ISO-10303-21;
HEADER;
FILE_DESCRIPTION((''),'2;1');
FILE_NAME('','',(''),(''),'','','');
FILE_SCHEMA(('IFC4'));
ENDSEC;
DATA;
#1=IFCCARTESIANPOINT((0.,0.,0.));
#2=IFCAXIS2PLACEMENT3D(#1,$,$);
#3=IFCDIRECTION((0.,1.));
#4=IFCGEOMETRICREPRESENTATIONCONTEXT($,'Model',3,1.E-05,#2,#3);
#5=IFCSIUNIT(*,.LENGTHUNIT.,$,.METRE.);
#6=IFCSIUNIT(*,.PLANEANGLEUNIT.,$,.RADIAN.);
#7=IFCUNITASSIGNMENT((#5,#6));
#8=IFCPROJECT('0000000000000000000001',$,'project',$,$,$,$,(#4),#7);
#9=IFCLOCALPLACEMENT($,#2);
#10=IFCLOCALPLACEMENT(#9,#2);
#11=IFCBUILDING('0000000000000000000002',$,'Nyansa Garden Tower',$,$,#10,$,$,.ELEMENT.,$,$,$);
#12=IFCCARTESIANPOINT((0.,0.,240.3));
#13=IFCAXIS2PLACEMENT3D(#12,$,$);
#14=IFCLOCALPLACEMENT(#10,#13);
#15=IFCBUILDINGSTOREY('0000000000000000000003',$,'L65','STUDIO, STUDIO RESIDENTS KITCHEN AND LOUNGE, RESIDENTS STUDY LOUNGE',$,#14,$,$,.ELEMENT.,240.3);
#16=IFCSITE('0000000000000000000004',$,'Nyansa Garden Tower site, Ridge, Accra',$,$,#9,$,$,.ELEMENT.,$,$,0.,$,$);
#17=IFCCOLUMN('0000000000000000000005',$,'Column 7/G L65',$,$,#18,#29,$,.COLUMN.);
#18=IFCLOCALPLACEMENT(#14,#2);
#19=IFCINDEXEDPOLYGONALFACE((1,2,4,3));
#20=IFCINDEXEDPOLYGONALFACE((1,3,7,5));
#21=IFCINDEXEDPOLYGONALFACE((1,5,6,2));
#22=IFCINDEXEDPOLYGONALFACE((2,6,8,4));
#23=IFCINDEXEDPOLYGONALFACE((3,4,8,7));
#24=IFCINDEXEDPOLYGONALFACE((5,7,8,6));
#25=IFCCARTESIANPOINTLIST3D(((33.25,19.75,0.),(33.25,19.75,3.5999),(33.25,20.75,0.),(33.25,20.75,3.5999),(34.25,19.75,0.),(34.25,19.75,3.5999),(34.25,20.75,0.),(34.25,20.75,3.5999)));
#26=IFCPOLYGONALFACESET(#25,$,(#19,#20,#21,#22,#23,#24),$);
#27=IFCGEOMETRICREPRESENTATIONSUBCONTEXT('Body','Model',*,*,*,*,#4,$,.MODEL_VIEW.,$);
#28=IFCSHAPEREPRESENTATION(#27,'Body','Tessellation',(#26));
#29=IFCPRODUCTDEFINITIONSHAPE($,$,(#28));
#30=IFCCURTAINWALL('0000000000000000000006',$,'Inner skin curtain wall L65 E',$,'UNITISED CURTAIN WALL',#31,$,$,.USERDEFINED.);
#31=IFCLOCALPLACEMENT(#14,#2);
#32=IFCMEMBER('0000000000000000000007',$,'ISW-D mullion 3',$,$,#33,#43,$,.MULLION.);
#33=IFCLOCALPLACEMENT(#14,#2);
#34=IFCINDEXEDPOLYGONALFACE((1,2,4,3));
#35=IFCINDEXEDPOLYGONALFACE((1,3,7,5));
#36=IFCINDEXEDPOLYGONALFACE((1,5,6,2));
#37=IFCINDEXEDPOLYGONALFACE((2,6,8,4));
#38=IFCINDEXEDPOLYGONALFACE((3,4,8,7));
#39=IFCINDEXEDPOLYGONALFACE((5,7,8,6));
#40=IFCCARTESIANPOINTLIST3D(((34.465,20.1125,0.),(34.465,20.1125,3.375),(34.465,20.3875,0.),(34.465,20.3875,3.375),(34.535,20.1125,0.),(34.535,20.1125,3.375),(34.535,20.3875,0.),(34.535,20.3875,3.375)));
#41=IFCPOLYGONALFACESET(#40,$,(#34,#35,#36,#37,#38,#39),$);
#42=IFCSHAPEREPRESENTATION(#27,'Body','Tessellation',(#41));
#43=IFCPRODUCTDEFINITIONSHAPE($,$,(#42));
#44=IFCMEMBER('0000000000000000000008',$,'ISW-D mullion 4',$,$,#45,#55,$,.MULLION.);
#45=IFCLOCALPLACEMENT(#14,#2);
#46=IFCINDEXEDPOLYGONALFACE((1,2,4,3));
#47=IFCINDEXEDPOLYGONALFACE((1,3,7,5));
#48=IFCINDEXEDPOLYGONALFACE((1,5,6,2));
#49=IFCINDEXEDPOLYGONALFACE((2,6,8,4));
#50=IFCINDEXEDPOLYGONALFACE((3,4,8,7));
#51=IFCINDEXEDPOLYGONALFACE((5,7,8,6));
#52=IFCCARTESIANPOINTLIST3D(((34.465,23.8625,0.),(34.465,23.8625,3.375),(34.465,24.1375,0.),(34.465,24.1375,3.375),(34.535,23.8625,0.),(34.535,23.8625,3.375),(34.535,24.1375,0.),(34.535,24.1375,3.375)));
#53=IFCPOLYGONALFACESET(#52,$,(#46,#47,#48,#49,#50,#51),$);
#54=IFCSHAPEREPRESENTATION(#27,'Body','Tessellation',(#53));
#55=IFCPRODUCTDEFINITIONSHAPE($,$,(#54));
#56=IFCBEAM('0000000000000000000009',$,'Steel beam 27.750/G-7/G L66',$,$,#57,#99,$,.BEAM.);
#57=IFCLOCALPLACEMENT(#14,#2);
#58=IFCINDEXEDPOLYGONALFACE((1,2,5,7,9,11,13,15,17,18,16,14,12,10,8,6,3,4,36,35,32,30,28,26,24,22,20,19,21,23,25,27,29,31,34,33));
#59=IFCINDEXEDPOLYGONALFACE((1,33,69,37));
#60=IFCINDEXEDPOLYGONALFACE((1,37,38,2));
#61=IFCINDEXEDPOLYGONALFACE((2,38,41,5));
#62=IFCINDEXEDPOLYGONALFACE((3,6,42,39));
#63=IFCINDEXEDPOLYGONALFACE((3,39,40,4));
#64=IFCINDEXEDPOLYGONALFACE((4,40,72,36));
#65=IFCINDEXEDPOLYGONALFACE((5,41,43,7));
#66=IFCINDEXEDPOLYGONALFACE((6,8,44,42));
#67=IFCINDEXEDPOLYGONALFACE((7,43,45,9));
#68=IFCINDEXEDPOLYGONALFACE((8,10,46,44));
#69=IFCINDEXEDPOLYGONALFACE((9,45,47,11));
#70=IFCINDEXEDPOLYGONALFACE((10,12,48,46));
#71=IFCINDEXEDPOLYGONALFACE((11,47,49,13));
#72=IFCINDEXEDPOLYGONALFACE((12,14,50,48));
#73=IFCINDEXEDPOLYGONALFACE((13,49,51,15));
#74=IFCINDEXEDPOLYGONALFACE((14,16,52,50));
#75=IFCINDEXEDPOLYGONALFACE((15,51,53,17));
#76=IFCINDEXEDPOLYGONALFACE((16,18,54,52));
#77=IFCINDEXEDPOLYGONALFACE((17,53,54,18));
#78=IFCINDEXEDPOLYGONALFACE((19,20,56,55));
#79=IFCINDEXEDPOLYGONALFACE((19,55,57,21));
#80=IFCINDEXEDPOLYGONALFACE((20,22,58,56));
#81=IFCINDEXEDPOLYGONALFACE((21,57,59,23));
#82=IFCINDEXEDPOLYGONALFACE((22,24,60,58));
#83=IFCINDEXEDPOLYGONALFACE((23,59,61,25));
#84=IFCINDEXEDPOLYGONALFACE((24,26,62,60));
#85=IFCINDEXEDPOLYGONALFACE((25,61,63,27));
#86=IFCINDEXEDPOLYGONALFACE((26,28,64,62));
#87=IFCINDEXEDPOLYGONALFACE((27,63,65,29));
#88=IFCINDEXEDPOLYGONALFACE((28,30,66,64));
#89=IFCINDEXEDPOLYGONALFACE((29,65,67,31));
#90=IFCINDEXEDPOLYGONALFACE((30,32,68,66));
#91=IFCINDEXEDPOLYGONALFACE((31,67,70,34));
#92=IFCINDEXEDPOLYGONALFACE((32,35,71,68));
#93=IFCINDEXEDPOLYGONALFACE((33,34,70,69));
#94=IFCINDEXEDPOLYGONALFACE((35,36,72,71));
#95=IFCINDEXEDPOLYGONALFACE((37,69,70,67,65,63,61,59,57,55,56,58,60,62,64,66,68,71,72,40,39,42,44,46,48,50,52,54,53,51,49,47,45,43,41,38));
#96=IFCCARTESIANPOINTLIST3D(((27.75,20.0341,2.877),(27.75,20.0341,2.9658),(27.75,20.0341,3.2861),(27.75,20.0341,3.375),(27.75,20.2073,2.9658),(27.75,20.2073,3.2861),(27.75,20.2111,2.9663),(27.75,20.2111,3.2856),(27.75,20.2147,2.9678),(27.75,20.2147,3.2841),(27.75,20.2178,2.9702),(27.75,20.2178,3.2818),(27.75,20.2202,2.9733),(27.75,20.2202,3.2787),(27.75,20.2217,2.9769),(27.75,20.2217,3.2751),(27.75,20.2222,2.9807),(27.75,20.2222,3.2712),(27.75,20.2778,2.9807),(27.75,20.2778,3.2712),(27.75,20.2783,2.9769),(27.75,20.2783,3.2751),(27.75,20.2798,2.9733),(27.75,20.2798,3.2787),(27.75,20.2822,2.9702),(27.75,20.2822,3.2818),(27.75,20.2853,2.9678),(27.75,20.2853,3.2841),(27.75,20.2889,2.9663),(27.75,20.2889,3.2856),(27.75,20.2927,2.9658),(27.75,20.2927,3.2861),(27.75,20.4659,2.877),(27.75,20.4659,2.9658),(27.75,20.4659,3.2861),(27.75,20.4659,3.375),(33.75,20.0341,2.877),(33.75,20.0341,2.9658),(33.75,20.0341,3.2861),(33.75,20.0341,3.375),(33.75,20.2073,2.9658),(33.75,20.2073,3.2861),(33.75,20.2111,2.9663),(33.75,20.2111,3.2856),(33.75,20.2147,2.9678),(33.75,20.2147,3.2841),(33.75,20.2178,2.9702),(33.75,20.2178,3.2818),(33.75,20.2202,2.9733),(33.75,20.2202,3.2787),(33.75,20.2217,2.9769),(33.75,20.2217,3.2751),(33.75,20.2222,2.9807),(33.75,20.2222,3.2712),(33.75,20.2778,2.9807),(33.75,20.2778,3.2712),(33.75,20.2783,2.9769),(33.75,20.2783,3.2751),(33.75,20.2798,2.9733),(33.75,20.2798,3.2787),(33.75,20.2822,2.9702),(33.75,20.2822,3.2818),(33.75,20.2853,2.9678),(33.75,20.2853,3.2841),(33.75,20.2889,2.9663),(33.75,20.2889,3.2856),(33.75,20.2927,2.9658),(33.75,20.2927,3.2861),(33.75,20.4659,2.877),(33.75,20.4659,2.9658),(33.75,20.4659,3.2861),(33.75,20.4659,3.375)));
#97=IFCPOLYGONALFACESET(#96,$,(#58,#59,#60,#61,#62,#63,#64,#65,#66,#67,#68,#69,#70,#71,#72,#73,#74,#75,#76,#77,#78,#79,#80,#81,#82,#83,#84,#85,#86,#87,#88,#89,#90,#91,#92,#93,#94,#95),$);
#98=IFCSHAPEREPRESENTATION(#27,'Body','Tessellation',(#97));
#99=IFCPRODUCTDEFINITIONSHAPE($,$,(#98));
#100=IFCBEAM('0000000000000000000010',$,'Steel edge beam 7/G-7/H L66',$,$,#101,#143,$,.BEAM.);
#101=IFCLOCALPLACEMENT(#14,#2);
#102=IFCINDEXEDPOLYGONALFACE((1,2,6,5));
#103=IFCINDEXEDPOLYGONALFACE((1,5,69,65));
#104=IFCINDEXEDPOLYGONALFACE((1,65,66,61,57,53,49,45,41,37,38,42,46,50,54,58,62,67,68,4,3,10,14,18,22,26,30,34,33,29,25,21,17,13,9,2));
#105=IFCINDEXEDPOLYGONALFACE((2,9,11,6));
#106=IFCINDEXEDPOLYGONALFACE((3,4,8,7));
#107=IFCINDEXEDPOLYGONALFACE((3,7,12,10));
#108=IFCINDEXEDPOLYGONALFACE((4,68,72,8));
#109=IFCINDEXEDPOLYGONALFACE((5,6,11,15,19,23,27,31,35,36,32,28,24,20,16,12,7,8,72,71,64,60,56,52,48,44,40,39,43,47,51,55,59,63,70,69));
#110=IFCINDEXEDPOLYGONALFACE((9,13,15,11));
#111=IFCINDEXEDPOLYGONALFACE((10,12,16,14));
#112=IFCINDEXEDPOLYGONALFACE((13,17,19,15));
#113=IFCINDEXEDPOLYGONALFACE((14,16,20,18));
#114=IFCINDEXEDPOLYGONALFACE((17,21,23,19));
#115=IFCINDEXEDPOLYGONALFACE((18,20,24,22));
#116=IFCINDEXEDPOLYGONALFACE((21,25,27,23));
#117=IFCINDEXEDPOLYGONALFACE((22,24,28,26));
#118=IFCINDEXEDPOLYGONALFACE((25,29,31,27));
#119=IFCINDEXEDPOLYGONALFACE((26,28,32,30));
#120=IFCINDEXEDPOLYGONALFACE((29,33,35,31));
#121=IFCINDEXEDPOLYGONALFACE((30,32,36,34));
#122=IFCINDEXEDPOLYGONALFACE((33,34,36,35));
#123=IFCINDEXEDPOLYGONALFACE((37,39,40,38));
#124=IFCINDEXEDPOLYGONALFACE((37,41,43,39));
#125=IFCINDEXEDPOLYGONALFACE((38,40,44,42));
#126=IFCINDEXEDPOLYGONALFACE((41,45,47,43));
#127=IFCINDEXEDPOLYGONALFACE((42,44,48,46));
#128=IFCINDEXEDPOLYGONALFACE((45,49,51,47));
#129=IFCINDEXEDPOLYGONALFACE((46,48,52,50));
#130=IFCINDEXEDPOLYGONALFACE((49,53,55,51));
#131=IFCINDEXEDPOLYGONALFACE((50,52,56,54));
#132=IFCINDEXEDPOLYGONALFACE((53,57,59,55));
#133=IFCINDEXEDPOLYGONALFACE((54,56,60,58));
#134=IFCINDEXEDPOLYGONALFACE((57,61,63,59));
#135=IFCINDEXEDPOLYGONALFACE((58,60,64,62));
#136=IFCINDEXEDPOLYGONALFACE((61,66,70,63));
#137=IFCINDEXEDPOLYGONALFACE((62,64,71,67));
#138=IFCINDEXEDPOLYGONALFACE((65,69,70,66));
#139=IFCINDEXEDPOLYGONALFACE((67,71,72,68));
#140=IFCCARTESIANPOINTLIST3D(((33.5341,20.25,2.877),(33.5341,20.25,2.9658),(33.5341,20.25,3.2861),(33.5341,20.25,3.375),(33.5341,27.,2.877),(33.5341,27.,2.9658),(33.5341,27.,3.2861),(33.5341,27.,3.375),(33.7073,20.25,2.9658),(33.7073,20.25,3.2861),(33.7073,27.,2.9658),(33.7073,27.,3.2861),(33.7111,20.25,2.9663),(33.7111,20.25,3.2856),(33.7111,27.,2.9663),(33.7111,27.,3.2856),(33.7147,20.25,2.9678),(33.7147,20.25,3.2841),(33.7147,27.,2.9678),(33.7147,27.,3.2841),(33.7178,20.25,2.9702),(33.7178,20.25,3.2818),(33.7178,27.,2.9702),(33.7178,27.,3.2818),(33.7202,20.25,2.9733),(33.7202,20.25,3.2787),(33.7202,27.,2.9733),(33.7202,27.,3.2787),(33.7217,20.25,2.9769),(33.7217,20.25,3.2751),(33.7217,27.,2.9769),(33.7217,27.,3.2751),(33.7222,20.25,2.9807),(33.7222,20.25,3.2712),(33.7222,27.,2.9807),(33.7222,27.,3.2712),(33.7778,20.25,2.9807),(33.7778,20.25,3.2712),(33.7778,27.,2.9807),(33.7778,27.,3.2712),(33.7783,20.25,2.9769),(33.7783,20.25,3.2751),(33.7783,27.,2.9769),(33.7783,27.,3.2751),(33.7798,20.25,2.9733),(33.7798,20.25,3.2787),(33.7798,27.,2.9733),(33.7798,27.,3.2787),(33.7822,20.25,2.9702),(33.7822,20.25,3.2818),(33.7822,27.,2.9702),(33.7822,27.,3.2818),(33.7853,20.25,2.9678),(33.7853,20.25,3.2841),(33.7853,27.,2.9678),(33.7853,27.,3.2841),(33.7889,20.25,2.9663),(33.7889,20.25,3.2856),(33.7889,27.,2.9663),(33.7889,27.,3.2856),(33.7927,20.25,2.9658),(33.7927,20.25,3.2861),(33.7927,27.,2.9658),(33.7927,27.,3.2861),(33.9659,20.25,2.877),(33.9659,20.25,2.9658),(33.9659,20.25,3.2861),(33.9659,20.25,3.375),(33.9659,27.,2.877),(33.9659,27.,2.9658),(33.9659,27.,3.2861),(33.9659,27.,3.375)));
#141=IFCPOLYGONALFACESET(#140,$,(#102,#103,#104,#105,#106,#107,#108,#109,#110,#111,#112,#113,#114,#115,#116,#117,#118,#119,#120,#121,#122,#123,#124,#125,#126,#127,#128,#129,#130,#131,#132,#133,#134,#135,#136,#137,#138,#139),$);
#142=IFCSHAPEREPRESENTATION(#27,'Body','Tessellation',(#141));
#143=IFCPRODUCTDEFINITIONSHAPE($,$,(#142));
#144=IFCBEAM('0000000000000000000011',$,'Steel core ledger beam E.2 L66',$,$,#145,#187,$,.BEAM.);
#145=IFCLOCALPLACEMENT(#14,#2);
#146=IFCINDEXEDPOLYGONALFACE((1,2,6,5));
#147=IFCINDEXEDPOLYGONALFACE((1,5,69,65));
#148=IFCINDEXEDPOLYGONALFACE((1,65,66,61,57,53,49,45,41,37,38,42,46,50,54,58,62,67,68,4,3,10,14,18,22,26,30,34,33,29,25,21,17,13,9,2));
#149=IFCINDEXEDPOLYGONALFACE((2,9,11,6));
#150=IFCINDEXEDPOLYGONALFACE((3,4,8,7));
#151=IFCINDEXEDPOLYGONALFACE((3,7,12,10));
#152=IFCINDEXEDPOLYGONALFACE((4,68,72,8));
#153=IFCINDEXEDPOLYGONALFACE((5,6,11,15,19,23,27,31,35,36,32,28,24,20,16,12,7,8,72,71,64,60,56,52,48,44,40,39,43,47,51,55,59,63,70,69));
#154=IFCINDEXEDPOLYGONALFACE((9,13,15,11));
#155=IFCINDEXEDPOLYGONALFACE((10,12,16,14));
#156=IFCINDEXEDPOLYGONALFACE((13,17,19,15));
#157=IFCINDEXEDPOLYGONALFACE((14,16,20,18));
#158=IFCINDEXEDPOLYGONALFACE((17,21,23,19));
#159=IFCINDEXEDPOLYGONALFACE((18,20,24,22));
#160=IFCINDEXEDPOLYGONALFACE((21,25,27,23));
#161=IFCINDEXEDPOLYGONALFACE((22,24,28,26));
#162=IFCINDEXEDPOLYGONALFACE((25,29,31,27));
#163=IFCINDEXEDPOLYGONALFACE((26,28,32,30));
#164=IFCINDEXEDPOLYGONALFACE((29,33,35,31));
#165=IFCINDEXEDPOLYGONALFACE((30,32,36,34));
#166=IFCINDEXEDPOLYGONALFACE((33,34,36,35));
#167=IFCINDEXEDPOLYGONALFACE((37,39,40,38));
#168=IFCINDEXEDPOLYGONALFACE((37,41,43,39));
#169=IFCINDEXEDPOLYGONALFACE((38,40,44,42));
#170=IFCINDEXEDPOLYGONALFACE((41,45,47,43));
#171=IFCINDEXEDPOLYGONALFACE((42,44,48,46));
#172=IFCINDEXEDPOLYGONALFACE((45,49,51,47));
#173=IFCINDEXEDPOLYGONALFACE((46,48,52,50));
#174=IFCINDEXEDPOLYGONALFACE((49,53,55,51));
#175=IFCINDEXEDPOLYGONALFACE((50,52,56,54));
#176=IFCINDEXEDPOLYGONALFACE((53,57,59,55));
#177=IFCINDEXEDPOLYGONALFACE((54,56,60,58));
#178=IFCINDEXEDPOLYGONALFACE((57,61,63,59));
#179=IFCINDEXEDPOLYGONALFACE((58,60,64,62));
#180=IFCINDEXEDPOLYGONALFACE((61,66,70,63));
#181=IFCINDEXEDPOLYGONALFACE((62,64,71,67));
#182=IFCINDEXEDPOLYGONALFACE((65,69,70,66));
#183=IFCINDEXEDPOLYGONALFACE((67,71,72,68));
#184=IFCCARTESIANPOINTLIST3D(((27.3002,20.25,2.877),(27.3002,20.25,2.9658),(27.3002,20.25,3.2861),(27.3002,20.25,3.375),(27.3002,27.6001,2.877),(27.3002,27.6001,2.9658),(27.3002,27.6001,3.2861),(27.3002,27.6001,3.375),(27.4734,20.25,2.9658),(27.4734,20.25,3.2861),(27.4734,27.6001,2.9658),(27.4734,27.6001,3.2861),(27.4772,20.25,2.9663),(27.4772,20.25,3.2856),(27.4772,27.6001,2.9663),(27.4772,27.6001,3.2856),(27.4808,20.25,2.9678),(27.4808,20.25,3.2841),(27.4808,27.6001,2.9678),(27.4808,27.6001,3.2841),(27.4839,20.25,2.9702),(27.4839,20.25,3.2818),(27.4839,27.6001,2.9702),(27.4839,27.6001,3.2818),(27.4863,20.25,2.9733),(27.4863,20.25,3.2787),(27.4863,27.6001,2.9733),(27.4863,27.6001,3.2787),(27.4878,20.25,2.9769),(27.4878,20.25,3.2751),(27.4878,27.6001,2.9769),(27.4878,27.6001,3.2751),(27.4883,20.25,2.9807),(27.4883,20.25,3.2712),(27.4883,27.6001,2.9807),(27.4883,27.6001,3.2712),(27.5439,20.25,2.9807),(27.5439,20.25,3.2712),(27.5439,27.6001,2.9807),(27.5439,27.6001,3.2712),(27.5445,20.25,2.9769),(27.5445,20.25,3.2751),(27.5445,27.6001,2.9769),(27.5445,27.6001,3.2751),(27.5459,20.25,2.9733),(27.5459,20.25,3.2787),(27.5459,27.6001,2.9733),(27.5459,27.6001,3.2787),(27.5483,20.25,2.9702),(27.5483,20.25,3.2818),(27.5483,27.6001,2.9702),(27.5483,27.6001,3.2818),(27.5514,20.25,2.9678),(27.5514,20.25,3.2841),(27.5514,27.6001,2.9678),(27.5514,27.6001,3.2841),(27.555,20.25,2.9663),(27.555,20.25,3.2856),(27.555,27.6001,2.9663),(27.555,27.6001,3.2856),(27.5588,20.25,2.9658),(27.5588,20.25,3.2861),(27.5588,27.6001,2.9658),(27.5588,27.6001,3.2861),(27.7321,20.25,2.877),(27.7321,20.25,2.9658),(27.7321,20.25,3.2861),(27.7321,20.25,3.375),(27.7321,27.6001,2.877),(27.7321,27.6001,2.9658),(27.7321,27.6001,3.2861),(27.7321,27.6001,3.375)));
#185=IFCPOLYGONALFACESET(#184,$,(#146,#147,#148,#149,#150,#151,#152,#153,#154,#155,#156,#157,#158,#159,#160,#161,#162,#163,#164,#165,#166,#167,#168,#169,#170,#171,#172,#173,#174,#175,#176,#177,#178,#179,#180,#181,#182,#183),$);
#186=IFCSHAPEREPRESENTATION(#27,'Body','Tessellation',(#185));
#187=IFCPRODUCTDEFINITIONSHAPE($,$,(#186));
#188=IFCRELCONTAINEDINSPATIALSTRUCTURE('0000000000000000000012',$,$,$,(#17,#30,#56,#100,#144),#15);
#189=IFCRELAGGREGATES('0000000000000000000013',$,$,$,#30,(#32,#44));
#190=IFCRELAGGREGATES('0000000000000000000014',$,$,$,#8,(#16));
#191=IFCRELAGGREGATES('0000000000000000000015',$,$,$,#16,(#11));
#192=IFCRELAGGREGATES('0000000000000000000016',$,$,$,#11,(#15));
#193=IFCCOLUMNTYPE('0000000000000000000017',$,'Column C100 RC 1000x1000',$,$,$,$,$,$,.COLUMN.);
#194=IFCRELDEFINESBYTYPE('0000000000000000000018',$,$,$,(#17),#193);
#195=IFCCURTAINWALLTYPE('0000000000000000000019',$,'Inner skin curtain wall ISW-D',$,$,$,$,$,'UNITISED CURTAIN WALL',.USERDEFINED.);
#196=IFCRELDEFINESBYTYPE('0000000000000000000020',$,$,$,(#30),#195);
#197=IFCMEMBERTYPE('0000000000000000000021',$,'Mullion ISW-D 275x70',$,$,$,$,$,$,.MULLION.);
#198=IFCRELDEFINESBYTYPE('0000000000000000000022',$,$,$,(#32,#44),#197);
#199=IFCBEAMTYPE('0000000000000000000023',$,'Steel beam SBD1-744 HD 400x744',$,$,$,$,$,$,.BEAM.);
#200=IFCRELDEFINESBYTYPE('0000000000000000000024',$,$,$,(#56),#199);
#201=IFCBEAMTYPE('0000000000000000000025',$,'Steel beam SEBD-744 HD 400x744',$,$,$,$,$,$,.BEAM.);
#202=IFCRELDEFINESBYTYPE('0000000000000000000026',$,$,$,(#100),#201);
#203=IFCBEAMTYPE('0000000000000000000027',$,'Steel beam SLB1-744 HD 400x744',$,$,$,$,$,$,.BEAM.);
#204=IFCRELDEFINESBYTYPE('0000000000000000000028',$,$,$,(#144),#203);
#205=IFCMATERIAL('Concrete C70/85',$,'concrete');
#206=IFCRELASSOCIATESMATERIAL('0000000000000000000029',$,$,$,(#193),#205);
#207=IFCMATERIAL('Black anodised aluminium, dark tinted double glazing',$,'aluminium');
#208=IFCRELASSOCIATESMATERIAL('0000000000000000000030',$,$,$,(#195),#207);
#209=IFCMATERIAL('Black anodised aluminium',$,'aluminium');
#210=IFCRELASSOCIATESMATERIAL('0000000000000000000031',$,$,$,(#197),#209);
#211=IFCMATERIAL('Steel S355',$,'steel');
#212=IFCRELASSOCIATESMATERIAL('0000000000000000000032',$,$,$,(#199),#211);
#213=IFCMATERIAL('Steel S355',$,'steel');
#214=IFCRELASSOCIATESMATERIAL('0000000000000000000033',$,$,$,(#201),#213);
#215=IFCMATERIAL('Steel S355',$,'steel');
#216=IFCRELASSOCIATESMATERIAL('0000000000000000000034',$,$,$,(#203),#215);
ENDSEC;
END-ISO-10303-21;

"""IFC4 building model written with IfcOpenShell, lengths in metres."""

from ifc_helpers import new_model, si_unit, direction, frame, origin, origin_2d, place, context, subcontext, project, spatial, rectangle, i_section, extrude, material, material_profile, profile_set, type_object, element, aggregate, save


model = new_model("IFC4")

# Units and contexts
model_context = context("Model", 3, precision=1e-05, world=origin(), true_north=direction((0.0, 1.0)))
body_context = subcontext(model_context, "Body", "Model", "MODEL_VIEW")
ifc_project = project(units=[si_unit("LENGTHUNIT", "METRE"), si_unit("PLANEANGLEUNIT", "RADIAN")], contexts=[model_context])

# Site, building, storey
site_placement = place(None, origin())
site = spatial("IfcSite", under=ifc_project, at=site_placement, Name="Nyansa Garden Tower site, Ridge, Accra", CompositionType="ELEMENT", RefElevation=0.0)
building_placement = place(site_placement, origin())
building = spatial("IfcBuilding", under=site, at=building_placement, Name="Nyansa Garden Tower", CompositionType="ELEMENT")
storey_placement = place(building_placement, frame((0.0, 0.0, 240.3)))
storey = spatial("IfcBuildingStorey", under=building, at=storey_placement, Name="L65", Description="STUDIO, STUDIO RESIDENTS KITCHEN AND LOUNGE, RESIDENTS STUDY LOUNGE", CompositionType="ELEMENT", Elevation=240.3)

# Column
ifc_material_1 = material(Name="Concrete C70/85", Category="concrete")
ifc_material_profile_1 = material_profile(ifc_material_1, rectangle(XDim=1.0, YDim=1.0, at=origin_2d()), Name="RC 1000x1000")
ifc_profile_set_1 = profile_set([ifc_material_profile_1], Name="Concrete C70/85")
column_type = type_object("IfcColumnType", Name="Column C100 RC 1000x1000", PredefinedType="COLUMN", material=ifc_profile_set_1)
column_placement = place(storey_placement, frame((33.75, 20.25, 0.0), z_axis=(0.0, 0.0, 1.0), x_axis=(1.0, 0.0, 0.0)))
element("IfcColumn", 1, at=column_placement, inside=storey, type_object=column_type, Name="Column 7/G L65", PredefinedType="COLUMN", context=body_context, shape_type="SweptSolid", body=[
    extrude(rectangle(XDim=1.0, YDim=1.0, at=origin_2d()), origin(), (0.0, 0.0, 1.0), 3.5999),
])

# Curtain wall, members
ifc_material_2 = material(Name="Black anodised aluminium, dark tinted double glazing", Category="aluminium")
curtain_wall_type = type_object("IfcCurtainWallType", Name="Inner skin curtain wall ISW-D", ElementType="UNITISED CURTAIN WALL", PredefinedType="USERDEFINED", material=ifc_material_2)
curtain_wall_placement = place(storey_placement, origin())
curtain_wall = element("IfcCurtainWall", 2, at=curtain_wall_placement, inside=storey, type_object=curtain_wall_type, Name="Inner skin curtain wall L65 E", ObjectType="UNITISED CURTAIN WALL", PredefinedType="USERDEFINED")
ifc_material_3 = material(Name="Black anodised aluminium", Category="aluminium")
ifc_material_profile_2 = material_profile(ifc_material_3, rectangle(XDim=0.0701, YDim=0.2749, at=origin_2d()), Name="Mullion 275x70")
ifc_profile_set_2 = profile_set([ifc_material_profile_2], Name="Black anodised aluminium")
member_type_1 = type_object("IfcMemberType", Name="Mullion ISW-D 275x70", PredefinedType="MULLION", material=ifc_profile_set_2)
member_1_placement = place(storey_placement, frame((34.5, 20.25, 0.0), z_axis=(0.0, 0.0, 1.0), x_axis=(-1.0, 0.0, 0.0)))
member_1 = element("IfcMember", 3, at=member_1_placement, type_object=member_type_1, Name="ISW-D mullion 3", PredefinedType="MULLION", context=body_context, shape_type="SweptSolid", body=[
    extrude(rectangle(XDim=0.0701, YDim=0.2749, at=origin_2d()), origin(), (0.0, 0.0, 1.0), 3.375),
])
member_2_placement = place(storey_placement, frame((34.5, 24.0, 0.0), z_axis=(0.0, 0.0, 1.0), x_axis=(-1.0, 0.0, 0.0)))
member_2 = element("IfcMember", 4, at=member_2_placement, type_object=member_type_1, Name="ISW-D mullion 4", PredefinedType="MULLION", context=body_context, shape_type="SweptSolid", body=[
    extrude(rectangle(XDim=0.0701, YDim=0.2749, at=origin_2d()), origin(), (0.0, 0.0, 1.0), 3.375),
])

# Beams
ifc_material_4 = material(Name="Steel S355", Category="steel")
ifc_material_profile_3 = material_profile(ifc_material_4, i_section(OverallWidth=0.4319, OverallDepth=0.498, WebThickness=0.0557, FlangeThickness=0.0889, FilletRadius=0.0149, at=origin_2d()), Name="HD 400x744")
ifc_profile_set_3 = profile_set([ifc_material_profile_3], Name="Steel S355")
beam_type_1 = type_object("IfcBeamType", Name="Steel beam SBD1-744 HD 400x744", PredefinedType="BEAM", material=ifc_profile_set_3)
beam_1_placement = place(storey_placement, frame((27.75, 20.25, 3.126), z_axis=(1.0, 0.0, 0.0), x_axis=(0.0, 1.0, 0.0)))
element("IfcBeam", 5, at=beam_1_placement, inside=storey, type_object=beam_type_1, Name="Steel beam 27.750/G-7/G L66", PredefinedType="BEAM", context=body_context, shape_type="SweptSolid", body=[
    extrude(i_section(OverallWidth=0.4319, OverallDepth=0.498, WebThickness=0.0557, FlangeThickness=0.0889, FilletRadius=0.0149, at=origin_2d()), origin(), (0.0, 0.0, 1.0), 6.0),
])
ifc_material_5 = material(Name="Steel S355", Category="steel")
ifc_material_profile_4 = material_profile(ifc_material_5, i_section(OverallWidth=0.4319, OverallDepth=0.498, WebThickness=0.0557, FlangeThickness=0.0889, FilletRadius=0.0149, at=origin_2d()), Name="HD 400x744")
ifc_profile_set_4 = profile_set([ifc_material_profile_4], Name="Steel S355")
beam_type_2 = type_object("IfcBeamType", Name="Steel beam SEBD-744 HD 400x744", PredefinedType="BEAM", material=ifc_profile_set_4)
beam_2_placement = place(storey_placement, frame((33.75, 20.25, 3.126), z_axis=(0.0, 1.0, 0.0), x_axis=(-1.0, 0.0, 0.0)))
element("IfcBeam", 6, at=beam_2_placement, inside=storey, type_object=beam_type_2, Name="Steel edge beam 7/G-7/H L66", PredefinedType="BEAM", context=body_context, shape_type="SweptSolid", body=[
    extrude(i_section(OverallWidth=0.4319, OverallDepth=0.498, WebThickness=0.0557, FlangeThickness=0.0889, FilletRadius=0.0149, at=origin_2d()), origin(), (0.0, 0.0, 1.0), 6.75),
])
ifc_material_6 = material(Name="Steel S355", Category="steel")
ifc_material_profile_5 = material_profile(ifc_material_6, i_section(OverallWidth=0.4319, OverallDepth=0.498, WebThickness=0.0557, FlangeThickness=0.0889, FilletRadius=0.0149, at=origin_2d()), Name="HD 400x744")
ifc_profile_set_5 = profile_set([ifc_material_profile_5], Name="Steel S355")
beam_type_3 = type_object("IfcBeamType", Name="Steel beam SLB1-744 HD 400x744", PredefinedType="BEAM", material=ifc_profile_set_5)
beam_3_placement = place(storey_placement, frame((27.5161, 20.25, 3.126), z_axis=(0.0, 1.0, 0.0), x_axis=(-1.0, 0.0, 0.0)))
element("IfcBeam", 7, at=beam_3_placement, inside=storey, type_object=beam_type_3, Name="Steel core ledger beam E.2 L66", PredefinedType="BEAM", context=body_context, shape_type="SweptSolid", body=[
    extrude(i_section(OverallWidth=0.4319, OverallDepth=0.498, WebThickness=0.0557, FlangeThickness=0.0889, FilletRadius=0.0149, at=origin_2d()), origin(), (0.0, 0.0, 1.0), 7.3501),
])

aggregate(curtain_wall, [member_1, member_2])

save(model, "model.ifc")
